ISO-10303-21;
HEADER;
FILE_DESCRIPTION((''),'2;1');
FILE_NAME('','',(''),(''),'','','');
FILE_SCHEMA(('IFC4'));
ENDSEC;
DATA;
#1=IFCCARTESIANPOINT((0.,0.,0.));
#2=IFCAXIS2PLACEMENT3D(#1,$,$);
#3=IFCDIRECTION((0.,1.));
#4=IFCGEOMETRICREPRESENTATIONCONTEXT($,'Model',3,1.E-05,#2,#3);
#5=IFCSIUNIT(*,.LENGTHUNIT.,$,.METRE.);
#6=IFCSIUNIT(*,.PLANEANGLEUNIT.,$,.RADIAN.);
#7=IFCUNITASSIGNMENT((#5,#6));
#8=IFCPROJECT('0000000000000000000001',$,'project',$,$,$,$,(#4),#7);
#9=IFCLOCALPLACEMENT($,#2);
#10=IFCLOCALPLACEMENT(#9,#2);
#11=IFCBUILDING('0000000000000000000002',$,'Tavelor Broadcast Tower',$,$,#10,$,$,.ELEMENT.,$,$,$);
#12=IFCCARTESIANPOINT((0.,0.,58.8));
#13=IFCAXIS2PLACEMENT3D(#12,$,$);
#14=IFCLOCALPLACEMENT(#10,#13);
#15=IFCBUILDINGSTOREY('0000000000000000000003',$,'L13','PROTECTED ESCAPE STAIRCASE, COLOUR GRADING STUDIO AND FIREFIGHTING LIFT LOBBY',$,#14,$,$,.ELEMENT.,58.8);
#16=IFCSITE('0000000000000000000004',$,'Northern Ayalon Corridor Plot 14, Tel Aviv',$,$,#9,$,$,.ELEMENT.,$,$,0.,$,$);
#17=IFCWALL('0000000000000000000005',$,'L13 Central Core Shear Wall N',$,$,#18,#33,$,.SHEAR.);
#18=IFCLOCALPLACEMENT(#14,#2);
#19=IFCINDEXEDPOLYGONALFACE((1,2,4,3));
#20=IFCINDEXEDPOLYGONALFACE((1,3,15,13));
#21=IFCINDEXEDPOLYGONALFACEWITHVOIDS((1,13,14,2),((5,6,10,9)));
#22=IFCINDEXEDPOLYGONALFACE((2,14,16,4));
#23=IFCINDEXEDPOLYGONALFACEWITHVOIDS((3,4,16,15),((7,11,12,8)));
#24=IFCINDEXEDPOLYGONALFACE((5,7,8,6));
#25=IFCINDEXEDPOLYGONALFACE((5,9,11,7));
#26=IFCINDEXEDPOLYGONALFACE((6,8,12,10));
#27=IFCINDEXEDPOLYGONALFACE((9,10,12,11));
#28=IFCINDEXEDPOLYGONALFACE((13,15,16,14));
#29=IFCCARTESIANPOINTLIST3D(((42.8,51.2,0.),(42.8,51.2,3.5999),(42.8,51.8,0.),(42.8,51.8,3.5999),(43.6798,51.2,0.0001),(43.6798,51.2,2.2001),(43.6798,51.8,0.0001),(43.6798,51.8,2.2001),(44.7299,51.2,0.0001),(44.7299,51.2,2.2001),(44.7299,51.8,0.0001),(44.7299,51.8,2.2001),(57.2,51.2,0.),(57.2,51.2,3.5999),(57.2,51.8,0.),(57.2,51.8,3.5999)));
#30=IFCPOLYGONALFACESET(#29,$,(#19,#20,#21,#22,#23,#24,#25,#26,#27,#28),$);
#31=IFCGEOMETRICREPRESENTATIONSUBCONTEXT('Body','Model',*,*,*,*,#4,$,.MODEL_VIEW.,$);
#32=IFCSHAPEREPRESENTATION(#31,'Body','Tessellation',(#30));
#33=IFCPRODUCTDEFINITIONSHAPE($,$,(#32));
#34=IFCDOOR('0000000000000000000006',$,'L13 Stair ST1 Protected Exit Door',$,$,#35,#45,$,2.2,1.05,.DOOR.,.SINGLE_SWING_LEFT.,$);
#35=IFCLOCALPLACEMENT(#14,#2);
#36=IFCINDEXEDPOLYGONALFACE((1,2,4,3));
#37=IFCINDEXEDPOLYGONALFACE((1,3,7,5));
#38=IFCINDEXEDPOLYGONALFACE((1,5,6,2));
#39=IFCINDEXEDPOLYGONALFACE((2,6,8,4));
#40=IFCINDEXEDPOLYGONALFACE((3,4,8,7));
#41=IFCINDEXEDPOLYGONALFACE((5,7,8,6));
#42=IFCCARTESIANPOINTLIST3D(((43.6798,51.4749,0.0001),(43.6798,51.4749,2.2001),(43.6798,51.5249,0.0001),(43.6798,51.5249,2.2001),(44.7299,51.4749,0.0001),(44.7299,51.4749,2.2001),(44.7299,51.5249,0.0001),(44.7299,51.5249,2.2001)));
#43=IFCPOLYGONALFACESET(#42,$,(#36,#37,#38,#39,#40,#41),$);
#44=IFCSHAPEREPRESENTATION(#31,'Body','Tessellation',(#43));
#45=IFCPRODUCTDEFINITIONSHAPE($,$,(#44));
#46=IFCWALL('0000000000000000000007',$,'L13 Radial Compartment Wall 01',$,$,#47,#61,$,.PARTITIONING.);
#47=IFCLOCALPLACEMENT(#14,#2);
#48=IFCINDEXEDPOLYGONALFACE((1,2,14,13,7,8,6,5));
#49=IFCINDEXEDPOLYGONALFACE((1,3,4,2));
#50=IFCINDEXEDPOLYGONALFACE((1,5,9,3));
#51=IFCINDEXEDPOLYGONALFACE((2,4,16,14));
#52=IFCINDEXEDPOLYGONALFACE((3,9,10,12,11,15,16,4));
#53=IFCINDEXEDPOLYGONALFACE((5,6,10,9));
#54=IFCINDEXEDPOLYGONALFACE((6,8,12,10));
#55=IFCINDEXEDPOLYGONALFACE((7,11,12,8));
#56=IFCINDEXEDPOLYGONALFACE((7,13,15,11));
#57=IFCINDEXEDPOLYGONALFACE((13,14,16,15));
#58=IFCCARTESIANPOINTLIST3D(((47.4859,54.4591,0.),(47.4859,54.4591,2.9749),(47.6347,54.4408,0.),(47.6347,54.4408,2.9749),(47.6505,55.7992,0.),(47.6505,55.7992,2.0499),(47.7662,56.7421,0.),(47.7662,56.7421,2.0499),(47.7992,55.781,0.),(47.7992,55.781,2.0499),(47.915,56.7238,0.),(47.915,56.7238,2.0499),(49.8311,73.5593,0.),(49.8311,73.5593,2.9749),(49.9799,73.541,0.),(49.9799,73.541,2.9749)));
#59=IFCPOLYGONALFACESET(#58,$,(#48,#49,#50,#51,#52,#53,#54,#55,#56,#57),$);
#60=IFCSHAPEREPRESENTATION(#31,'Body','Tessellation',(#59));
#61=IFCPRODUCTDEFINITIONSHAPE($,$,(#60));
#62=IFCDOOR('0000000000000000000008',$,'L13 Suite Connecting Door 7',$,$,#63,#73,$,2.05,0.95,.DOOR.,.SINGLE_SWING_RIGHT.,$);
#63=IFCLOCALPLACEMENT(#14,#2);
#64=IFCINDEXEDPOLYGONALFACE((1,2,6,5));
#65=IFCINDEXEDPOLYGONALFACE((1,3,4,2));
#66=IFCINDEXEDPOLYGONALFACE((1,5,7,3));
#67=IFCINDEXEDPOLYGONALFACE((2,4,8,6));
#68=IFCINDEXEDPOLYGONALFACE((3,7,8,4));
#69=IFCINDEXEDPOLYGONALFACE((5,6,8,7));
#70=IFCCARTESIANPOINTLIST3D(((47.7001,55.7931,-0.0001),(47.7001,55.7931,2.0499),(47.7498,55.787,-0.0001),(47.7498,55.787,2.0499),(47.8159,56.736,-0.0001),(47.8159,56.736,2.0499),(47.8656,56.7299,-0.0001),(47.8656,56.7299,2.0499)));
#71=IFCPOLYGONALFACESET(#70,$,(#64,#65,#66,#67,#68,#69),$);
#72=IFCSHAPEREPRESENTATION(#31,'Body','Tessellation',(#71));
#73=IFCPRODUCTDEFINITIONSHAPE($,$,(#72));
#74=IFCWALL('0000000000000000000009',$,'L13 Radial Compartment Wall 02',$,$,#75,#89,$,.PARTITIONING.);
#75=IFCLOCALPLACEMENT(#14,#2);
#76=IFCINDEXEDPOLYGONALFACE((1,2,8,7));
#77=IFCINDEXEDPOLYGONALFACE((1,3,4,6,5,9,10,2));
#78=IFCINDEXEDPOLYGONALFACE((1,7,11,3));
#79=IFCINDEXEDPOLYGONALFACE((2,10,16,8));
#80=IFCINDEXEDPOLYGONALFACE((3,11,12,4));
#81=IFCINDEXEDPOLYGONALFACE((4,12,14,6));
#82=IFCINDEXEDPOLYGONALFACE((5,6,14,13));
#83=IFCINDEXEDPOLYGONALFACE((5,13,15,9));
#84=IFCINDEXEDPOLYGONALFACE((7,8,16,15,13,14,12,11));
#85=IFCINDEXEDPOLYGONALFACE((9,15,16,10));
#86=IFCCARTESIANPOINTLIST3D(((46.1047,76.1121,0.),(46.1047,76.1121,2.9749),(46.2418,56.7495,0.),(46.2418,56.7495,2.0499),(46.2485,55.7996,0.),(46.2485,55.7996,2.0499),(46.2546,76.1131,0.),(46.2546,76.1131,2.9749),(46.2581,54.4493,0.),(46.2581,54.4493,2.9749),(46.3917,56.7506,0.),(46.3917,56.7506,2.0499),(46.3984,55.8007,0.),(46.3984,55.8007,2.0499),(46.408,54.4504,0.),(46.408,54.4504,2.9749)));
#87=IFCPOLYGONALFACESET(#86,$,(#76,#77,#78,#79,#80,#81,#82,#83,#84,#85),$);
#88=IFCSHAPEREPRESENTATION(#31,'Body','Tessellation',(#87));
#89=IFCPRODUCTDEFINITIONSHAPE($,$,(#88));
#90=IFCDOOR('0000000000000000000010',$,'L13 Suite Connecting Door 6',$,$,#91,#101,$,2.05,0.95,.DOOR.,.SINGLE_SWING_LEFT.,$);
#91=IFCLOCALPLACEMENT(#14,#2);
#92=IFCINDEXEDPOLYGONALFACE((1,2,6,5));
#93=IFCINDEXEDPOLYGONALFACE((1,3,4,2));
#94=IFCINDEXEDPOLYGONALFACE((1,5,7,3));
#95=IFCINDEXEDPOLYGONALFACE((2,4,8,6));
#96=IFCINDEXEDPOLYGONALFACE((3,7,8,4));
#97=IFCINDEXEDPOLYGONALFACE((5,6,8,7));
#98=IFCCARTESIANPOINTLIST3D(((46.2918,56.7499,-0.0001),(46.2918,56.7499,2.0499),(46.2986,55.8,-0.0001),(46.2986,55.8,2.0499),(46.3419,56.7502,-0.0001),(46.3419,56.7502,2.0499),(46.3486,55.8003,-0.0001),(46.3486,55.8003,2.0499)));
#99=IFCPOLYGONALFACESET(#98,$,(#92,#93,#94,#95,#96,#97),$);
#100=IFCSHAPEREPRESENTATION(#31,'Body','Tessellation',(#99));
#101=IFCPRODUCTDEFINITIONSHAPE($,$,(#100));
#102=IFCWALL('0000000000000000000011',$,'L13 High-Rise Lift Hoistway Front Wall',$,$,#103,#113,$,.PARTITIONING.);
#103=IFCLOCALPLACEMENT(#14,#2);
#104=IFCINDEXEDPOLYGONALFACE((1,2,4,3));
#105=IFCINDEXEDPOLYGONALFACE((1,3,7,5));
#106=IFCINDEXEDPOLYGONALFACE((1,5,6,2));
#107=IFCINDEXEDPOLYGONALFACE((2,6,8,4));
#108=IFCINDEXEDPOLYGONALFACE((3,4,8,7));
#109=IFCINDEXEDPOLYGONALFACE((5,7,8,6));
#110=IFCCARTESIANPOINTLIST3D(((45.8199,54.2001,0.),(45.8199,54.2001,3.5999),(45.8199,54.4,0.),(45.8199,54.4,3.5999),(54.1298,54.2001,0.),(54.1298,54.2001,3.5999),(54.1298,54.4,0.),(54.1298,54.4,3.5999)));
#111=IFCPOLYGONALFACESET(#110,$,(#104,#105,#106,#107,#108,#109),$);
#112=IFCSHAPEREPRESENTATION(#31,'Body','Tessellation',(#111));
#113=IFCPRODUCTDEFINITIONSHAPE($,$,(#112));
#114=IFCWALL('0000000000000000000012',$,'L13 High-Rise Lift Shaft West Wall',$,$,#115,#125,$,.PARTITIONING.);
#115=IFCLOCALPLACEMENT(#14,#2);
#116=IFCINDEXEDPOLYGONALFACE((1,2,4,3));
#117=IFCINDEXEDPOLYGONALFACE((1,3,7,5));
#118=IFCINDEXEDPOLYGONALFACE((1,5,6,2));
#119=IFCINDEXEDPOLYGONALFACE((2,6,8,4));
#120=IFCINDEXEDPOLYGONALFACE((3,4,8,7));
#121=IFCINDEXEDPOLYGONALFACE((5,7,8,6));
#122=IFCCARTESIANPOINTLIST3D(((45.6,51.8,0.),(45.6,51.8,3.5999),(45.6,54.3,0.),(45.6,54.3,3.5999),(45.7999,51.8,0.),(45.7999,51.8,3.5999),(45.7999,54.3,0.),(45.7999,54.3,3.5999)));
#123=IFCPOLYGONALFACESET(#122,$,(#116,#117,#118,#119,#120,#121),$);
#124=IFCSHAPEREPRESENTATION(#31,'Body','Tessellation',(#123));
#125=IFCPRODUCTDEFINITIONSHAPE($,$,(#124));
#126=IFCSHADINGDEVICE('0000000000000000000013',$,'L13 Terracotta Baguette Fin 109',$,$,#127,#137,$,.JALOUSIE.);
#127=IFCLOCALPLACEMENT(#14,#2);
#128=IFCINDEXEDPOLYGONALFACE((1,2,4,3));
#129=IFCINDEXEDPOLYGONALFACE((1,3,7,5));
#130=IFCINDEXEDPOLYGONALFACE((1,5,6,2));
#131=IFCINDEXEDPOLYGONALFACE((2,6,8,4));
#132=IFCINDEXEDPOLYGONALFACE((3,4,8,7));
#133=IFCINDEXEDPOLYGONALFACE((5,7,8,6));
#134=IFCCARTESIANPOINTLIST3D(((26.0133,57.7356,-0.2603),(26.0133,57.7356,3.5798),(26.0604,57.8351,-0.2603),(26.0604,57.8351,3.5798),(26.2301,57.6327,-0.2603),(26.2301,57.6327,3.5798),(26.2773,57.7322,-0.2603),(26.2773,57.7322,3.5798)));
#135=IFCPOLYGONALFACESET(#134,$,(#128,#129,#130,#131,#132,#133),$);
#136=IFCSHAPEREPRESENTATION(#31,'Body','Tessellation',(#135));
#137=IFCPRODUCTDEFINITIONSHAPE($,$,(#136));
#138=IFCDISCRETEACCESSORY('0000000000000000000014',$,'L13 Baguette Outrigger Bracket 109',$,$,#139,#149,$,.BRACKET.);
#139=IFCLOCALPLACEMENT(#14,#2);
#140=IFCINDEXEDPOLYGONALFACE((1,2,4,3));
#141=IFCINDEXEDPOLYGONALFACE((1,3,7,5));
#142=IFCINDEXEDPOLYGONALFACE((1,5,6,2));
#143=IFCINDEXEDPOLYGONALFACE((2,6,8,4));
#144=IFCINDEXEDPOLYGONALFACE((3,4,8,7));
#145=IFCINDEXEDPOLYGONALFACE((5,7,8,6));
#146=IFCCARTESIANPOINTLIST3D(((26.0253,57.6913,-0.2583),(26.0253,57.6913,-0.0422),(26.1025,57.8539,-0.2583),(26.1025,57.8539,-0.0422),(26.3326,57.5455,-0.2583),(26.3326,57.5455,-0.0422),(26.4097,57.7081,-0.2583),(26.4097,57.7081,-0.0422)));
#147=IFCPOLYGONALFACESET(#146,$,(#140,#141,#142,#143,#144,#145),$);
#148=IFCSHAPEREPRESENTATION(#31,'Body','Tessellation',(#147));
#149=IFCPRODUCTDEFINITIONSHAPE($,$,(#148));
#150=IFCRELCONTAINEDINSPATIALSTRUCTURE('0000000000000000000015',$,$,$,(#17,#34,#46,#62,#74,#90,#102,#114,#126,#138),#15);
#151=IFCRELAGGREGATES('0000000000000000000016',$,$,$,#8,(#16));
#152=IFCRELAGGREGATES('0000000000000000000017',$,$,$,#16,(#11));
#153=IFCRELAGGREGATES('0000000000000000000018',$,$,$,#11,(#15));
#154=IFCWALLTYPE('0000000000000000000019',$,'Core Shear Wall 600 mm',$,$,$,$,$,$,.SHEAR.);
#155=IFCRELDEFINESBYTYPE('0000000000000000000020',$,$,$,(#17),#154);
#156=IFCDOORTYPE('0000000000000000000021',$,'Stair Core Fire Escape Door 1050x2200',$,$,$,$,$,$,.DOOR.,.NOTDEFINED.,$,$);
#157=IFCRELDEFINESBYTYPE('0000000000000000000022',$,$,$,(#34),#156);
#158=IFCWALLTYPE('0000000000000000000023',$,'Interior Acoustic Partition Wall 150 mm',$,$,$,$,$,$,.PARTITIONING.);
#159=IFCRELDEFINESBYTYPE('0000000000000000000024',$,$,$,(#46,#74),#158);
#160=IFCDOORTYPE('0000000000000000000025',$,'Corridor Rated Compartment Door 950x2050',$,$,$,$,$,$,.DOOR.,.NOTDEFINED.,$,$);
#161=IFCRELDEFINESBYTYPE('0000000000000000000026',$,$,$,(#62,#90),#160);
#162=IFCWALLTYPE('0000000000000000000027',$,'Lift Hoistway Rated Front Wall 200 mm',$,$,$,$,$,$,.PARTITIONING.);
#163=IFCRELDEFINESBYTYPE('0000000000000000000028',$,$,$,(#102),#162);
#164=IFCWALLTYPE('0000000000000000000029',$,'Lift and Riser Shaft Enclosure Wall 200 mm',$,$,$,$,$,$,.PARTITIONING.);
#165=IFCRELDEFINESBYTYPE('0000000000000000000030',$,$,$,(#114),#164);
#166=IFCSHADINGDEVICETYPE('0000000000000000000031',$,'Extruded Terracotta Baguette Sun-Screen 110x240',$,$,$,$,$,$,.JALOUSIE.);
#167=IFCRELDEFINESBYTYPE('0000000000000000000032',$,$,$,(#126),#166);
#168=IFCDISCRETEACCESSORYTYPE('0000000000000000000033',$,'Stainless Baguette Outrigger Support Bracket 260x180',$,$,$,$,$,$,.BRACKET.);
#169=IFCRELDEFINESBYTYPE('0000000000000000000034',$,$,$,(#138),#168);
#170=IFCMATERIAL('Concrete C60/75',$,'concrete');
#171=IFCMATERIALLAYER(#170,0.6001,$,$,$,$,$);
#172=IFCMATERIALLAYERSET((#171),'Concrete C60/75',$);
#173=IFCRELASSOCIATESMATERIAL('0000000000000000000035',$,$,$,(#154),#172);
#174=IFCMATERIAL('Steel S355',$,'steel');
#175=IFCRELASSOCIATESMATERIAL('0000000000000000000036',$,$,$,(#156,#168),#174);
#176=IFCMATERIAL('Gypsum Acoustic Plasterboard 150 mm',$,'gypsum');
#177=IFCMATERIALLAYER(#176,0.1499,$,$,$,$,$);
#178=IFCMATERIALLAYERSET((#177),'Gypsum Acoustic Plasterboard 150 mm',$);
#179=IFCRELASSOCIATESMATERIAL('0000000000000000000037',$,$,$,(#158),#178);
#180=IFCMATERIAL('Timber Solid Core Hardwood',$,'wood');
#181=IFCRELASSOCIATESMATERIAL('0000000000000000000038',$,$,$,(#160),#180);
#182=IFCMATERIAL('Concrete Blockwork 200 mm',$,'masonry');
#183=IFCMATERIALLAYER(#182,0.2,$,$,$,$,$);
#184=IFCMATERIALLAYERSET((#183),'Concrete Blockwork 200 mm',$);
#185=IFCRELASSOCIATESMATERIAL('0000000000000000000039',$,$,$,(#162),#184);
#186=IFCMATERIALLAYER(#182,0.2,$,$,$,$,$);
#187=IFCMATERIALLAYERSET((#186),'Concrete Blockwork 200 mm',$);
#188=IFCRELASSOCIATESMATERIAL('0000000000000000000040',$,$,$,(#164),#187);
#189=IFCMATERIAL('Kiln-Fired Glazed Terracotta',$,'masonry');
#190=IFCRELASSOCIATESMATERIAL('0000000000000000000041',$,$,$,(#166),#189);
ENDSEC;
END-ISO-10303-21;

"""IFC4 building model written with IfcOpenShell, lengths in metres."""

from ifc_helpers import new_model, si_unit, direction, frame, frame_2d, origin, origin_2d, place, context, subcontext, project, spatial, rectangle, extrude, source, transform, mapped, material, layer, layer_set, type_object, type_shapes, element, fill, save


model = new_model("IFC4")

# Units and contexts
model_context = context("Model", 3, precision=1e-05, world=origin(), true_north=direction((0.0, 1.0)))
body_context = subcontext(model_context, "Body", "Model", "MODEL_VIEW")
ifc_project = project(units=[si_unit("LENGTHUNIT", "METRE"), si_unit("PLANEANGLEUNIT", "RADIAN")], contexts=[model_context])

# Site, building, storey
site_placement = place(None, origin())
site = spatial("IfcSite", under=ifc_project, at=site_placement, Name="Northern Ayalon Corridor Plot 14, Tel Aviv", CompositionType="ELEMENT", RefElevation=0.0)
building_placement = place(site_placement, origin())
building = spatial("IfcBuilding", under=site, at=building_placement, Name="Tavelor Broadcast Tower", CompositionType="ELEMENT")
storey_placement = place(building_placement, frame((0.0, 0.0, 58.8)))
storey = spatial("IfcBuildingStorey", under=building, at=storey_placement, Name="L13", Description="PROTECTED ESCAPE STAIRCASE, COLOUR GRADING STUDIO AND FIREFIGHTING LIFT LOBBY", CompositionType="ELEMENT", Elevation=58.8)

# Shared definitions
ifc_material_1 = material(Name="Steel S355", Category="steel")

# Walls, openings, doors
ifc_material_2 = material(Name="Concrete C60/75", Category="concrete")
ifc_layer_1 = layer(ifc_material_2, 0.6001)
ifc_layer_set_1 = layer_set([ifc_layer_1], Name="Concrete C60/75")
wall_type_1 = type_object("IfcWallType", Name="Core Shear Wall 600 mm", PredefinedType="SHEAR", material=ifc_layer_set_1)
wall_1_placement = place(storey_placement, frame((42.8, 51.5, 0.0), z_axis=(0.0, 0.0, 1.0), x_axis=(1.0, 0.0, 0.0)))
wall_1 = element("IfcWall", 1, at=wall_1_placement, inside=storey, type_object=wall_type_1, Name="L13 Central Core Shear Wall N", PredefinedType="SHEAR", context=body_context, shape_type="SweptSolid", body=[
    extrude(rectangle(XDim=14.3999, YDim=0.6001, at=frame_2d((7.2, 0.0))), origin(), (0.0, 0.0, 1.0), 3.5999),
])
opening_1_placement = place(wall_1_placement, frame((0.8799, 0.0, 0.0)))
opening_1 = element("IfcOpeningElement", 2, at=opening_1_placement, cuts=wall_1, PredefinedType="OPENING", context=body_context, shape_type="SweptSolid", body=[
    extrude(rectangle(XDim=1.05, YDim=2.2, at=frame_2d((0.5249, 1.1001))), frame((0.0, 0.3101, 0.0), z_axis=(0.0, -1.0, 0.0), x_axis=(1.0, 0.0, 0.0)), (0.0, 0.0, 1.0), 0.6201),
])
door_type_1 = type_object("IfcDoorType", Name="Stair Core Fire Escape Door 1050x2200", OperationType="NOTDEFINED", PredefinedType="DOOR", material=ifc_material_1)
door_1_placement = place(opening_1_placement, origin())
door_1 = element("IfcDoor", 3, at=door_1_placement, inside=storey, type_object=door_type_1, Name="L13 Stair ST1 Protected Exit Door", OperationType="SINGLE_SWING_LEFT", OverallHeight=2.2, OverallWidth=1.05, PredefinedType="DOOR", context=body_context, shape_type="SweptSolid", body=[
    extrude(rectangle(XDim=1.05, YDim=2.2, at=frame_2d((0.5249, 1.1001))), frame((0.0, 0.0249, 0.0), z_axis=(0.0, -1.0, 0.0), x_axis=(1.0, 0.0, 0.0)), (0.0, 0.0, 1.0), 0.05),
])
fill(opening_1, door_1)
ifc_material_3 = material(Name="Gypsum Acoustic Plasterboard 150 mm", Category="gypsum")
ifc_layer_2 = layer(ifc_material_3, 0.1499)
ifc_layer_set_2 = layer_set([ifc_layer_2], Name="Gypsum Acoustic Plasterboard 150 mm")
wall_type_2 = type_object("IfcWallType", Name="Interior Acoustic Partition Wall 150 mm", PredefinedType="PARTITIONING", material=ifc_layer_set_2)
wall_2_placement = place(storey_placement, frame((47.5603, 54.45, 0.0), z_axis=(0.0, 0.0, 1.0), x_axis=(0.12187, 0.992546, 0.0)))
wall_2 = element("IfcWall", 4, at=wall_2_placement, inside=storey, type_object=wall_type_2, Name="L13 Radial Compartment Wall 01", PredefinedType="PARTITIONING", context=body_context, shape_type="SweptSolid", body=[
    extrude(rectangle(XDim=19.2437, YDim=0.1499, at=frame_2d((9.6218, 0.0))), origin(), (0.0, 0.0, 1.0), 2.9749),
])
opening_2_placement = place(wall_2_placement, frame((1.3501, 0.0, 0.0)))
opening_2 = element("IfcOpeningElement", 5, at=opening_2_placement, cuts=wall_2, PredefinedType="OPENING", context=body_context, shape_type="SweptSolid", body=[
    extrude(rectangle(XDim=0.95, YDim=2.05, at=frame_2d((0.4751, 1.0249))), frame((0.0, 0.085, 0.0), z_axis=(0.0, -1.0, 0.0), x_axis=(1.0, 0.0, 0.0)), (0.0, 0.0, 1.0), 0.1699),
])
ifc_material_4 = material(Name="Timber Solid Core Hardwood", Category="wood")
door_type_2 = type_object("IfcDoorType", Name="Corridor Rated Compartment Door 950x2050", OperationType="NOTDEFINED", PredefinedType="DOOR", material=ifc_material_4)
door_2_placement = place(opening_2_placement, origin())
door_2 = element("IfcDoor", 6, at=door_2_placement, inside=storey, type_object=door_type_2, Name="L13 Suite Connecting Door 7", OperationType="SINGLE_SWING_RIGHT", OverallHeight=2.05, OverallWidth=0.95, PredefinedType="DOOR", context=body_context, shape_type="SweptSolid", body=[
    extrude(rectangle(XDim=0.95, YDim=2.05, at=frame_2d((0.4751, 1.0249))), frame((0.0, 0.0249, 0.0), z_axis=(0.0, -1.0, 0.0), x_axis=(1.0, 0.0, 0.0)), (0.0, 0.0, 1.0), 0.05),
])
fill(opening_2, door_2)
wall_3_placement = place(storey_placement, frame((46.333, 54.45, 0.0), z_axis=(0.0, 0.0, 1.0), x_axis=(-0.007077, 0.999975, 0.0)))
wall_3 = element("IfcWall", 7, at=wall_3_placement, inside=storey, type_object=wall_type_2, Name="L13 Radial Compartment Wall 02", PredefinedType="PARTITIONING", context=body_context, shape_type="SweptSolid", body=[
    extrude(rectangle(XDim=21.6633, YDim=0.1499, at=frame_2d((10.8315, 0.0))), origin(), (0.0, 0.0, 1.0), 2.9749),
])
opening_3_placement = place(wall_3_placement, frame((1.3501, 0.0, 0.0)))
opening_3 = element("IfcOpeningElement", 8, at=opening_3_placement, cuts=wall_3, PredefinedType="OPENING", context=body_context, shape_type="SweptSolid", body=[
    extrude(rectangle(XDim=0.95, YDim=2.05, at=frame_2d((0.4751, 1.0249))), frame((0.0, 0.085, 0.0), z_axis=(0.0, -1.0, 0.0), x_axis=(1.0, 0.0, 0.0)), (0.0, 0.0, 1.0), 0.1699),
])
door_3_placement = place(opening_3_placement, origin())
door_3 = element("IfcDoor", 9, at=door_3_placement, inside=storey, type_object=door_type_2, Name="L13 Suite Connecting Door 6", OperationType="SINGLE_SWING_LEFT", OverallHeight=2.05, OverallWidth=0.95, PredefinedType="DOOR", context=body_context, shape_type="SweptSolid", body=[
    extrude(rectangle(XDim=0.95, YDim=2.05, at=frame_2d((0.4751, 1.0249))), frame((0.0, 0.0249, 0.0), z_axis=(0.0, -1.0, 0.0), x_axis=(1.0, 0.0, 0.0)), (0.0, 0.0, 1.0), 0.05),
])
fill(opening_3, door_3)

# Walls
ifc_material_5 = material(Name="Concrete Blockwork 200 mm", Category="masonry")
ifc_layer_3 = layer(ifc_material_5, 0.2)
ifc_layer_set_3 = layer_set([ifc_layer_3], Name="Concrete Blockwork 200 mm")
wall_type_3 = type_object("IfcWallType", Name="Lift Hoistway Rated Front Wall 200 mm", PredefinedType="PARTITIONING", material=ifc_layer_set_3)
wall_4_placement = place(storey_placement, frame((45.8201, 54.3, 0.0), z_axis=(0.0, 0.0, 1.0), x_axis=(1.0, 0.0, 0.0)))
element("IfcWall", 10, at=wall_4_placement, inside=storey, type_object=wall_type_3, Name="L13 High-Rise Lift Hoistway Front Wall", PredefinedType="PARTITIONING", context=body_context, shape_type="SweptSolid", body=[
    extrude(rectangle(XDim=8.3098, YDim=0.2, at=frame_2d((4.1548, 0.0))), origin(), (0.0, 0.0, 1.0), 3.5999),
])
ifc_layer_4 = layer(ifc_material_5, 0.2)
ifc_layer_set_4 = layer_set([ifc_layer_4], Name="Concrete Blockwork 200 mm")
wall_type_4 = type_object("IfcWallType", Name="Lift and Riser Shaft Enclosure Wall 200 mm", PredefinedType="PARTITIONING", material=ifc_layer_set_4)
wall_5_placement = place(storey_placement, frame((45.7, 51.8, 0.0), z_axis=(0.0, 0.0, 1.0), x_axis=(0.0, 1.0, 0.0)))
element("IfcWall", 11, at=wall_5_placement, inside=storey, type_object=wall_type_4, Name="L13 High-Rise Lift Shaft West Wall", PredefinedType="PARTITIONING", context=body_context, shape_type="SweptSolid", body=[
    extrude(rectangle(XDim=2.5, YDim=0.2, at=frame_2d((1.25, 0.0))), origin(), (0.0, 0.0, 1.0), 3.5999),
])

# Shading device
ifc_material_6 = material(Name="Kiln-Fired Glazed Terracotta", Category="masonry")
shading_device_type = type_object("IfcShadingDeviceType", Name="Extruded Terracotta Baguette Sun-Screen 110x240", PredefinedType="JALOUSIE", material=ifc_material_6)
shared_shape_1 = source(origin(), body_context, "Body", "SweptSolid", [
    extrude(rectangle(XDim=0.1101, YDim=0.24, at=origin_2d()), origin(), (0.0, 0.0, 1.0), 3.8401),
])
type_shapes(shading_device_type, [shared_shape_1])
shading_device_placement = place(storey_placement, frame((26.1453, 57.7339, -0.2603), z_axis=(0.0, 0.0, 1.0), x_axis=(-0.42862, -0.903485, 0.0)))
element("IfcShadingDevice", 12, at=shading_device_placement, inside=storey, type_object=shading_device_type, Name="L13 Terracotta Baguette Fin 109", PredefinedType="JALOUSIE", context=body_context, shape_type="MappedRepresentation", body=[
    mapped(shared_shape_1, transform((0.0, 0.0, 0.0), scale=1.0)),
])

# Discrete accessory
discrete_accessory_type = type_object("IfcDiscreteAccessoryType", Name="Stainless Baguette Outrigger Support Bracket 260x180", PredefinedType="BRACKET", material=ifc_material_1)
shared_shape_2 = source(origin(), body_context, "Body", "SweptSolid", [
    extrude(rectangle(XDim=0.1799, YDim=0.3401, at=origin_2d()), origin(), (0.0, 0.0, 1.0), 0.2161),
])
type_shapes(discrete_accessory_type, [shared_shape_2])
discrete_accessory_placement = place(storey_placement, frame((26.2175, 57.6997, -0.2583), z_axis=(0.0, 0.0, 1.0), x_axis=(-0.42862, -0.903485, 0.0)))
element("IfcDiscreteAccessory", 13, at=discrete_accessory_placement, inside=storey, type_object=discrete_accessory_type, Name="L13 Baguette Outrigger Bracket 109", PredefinedType="BRACKET", context=body_context, shape_type="MappedRepresentation", body=[
    mapped(shared_shape_2, transform((0.0, 0.0, 0.0), scale=1.0)),
])

save(model, "model.ifc")
